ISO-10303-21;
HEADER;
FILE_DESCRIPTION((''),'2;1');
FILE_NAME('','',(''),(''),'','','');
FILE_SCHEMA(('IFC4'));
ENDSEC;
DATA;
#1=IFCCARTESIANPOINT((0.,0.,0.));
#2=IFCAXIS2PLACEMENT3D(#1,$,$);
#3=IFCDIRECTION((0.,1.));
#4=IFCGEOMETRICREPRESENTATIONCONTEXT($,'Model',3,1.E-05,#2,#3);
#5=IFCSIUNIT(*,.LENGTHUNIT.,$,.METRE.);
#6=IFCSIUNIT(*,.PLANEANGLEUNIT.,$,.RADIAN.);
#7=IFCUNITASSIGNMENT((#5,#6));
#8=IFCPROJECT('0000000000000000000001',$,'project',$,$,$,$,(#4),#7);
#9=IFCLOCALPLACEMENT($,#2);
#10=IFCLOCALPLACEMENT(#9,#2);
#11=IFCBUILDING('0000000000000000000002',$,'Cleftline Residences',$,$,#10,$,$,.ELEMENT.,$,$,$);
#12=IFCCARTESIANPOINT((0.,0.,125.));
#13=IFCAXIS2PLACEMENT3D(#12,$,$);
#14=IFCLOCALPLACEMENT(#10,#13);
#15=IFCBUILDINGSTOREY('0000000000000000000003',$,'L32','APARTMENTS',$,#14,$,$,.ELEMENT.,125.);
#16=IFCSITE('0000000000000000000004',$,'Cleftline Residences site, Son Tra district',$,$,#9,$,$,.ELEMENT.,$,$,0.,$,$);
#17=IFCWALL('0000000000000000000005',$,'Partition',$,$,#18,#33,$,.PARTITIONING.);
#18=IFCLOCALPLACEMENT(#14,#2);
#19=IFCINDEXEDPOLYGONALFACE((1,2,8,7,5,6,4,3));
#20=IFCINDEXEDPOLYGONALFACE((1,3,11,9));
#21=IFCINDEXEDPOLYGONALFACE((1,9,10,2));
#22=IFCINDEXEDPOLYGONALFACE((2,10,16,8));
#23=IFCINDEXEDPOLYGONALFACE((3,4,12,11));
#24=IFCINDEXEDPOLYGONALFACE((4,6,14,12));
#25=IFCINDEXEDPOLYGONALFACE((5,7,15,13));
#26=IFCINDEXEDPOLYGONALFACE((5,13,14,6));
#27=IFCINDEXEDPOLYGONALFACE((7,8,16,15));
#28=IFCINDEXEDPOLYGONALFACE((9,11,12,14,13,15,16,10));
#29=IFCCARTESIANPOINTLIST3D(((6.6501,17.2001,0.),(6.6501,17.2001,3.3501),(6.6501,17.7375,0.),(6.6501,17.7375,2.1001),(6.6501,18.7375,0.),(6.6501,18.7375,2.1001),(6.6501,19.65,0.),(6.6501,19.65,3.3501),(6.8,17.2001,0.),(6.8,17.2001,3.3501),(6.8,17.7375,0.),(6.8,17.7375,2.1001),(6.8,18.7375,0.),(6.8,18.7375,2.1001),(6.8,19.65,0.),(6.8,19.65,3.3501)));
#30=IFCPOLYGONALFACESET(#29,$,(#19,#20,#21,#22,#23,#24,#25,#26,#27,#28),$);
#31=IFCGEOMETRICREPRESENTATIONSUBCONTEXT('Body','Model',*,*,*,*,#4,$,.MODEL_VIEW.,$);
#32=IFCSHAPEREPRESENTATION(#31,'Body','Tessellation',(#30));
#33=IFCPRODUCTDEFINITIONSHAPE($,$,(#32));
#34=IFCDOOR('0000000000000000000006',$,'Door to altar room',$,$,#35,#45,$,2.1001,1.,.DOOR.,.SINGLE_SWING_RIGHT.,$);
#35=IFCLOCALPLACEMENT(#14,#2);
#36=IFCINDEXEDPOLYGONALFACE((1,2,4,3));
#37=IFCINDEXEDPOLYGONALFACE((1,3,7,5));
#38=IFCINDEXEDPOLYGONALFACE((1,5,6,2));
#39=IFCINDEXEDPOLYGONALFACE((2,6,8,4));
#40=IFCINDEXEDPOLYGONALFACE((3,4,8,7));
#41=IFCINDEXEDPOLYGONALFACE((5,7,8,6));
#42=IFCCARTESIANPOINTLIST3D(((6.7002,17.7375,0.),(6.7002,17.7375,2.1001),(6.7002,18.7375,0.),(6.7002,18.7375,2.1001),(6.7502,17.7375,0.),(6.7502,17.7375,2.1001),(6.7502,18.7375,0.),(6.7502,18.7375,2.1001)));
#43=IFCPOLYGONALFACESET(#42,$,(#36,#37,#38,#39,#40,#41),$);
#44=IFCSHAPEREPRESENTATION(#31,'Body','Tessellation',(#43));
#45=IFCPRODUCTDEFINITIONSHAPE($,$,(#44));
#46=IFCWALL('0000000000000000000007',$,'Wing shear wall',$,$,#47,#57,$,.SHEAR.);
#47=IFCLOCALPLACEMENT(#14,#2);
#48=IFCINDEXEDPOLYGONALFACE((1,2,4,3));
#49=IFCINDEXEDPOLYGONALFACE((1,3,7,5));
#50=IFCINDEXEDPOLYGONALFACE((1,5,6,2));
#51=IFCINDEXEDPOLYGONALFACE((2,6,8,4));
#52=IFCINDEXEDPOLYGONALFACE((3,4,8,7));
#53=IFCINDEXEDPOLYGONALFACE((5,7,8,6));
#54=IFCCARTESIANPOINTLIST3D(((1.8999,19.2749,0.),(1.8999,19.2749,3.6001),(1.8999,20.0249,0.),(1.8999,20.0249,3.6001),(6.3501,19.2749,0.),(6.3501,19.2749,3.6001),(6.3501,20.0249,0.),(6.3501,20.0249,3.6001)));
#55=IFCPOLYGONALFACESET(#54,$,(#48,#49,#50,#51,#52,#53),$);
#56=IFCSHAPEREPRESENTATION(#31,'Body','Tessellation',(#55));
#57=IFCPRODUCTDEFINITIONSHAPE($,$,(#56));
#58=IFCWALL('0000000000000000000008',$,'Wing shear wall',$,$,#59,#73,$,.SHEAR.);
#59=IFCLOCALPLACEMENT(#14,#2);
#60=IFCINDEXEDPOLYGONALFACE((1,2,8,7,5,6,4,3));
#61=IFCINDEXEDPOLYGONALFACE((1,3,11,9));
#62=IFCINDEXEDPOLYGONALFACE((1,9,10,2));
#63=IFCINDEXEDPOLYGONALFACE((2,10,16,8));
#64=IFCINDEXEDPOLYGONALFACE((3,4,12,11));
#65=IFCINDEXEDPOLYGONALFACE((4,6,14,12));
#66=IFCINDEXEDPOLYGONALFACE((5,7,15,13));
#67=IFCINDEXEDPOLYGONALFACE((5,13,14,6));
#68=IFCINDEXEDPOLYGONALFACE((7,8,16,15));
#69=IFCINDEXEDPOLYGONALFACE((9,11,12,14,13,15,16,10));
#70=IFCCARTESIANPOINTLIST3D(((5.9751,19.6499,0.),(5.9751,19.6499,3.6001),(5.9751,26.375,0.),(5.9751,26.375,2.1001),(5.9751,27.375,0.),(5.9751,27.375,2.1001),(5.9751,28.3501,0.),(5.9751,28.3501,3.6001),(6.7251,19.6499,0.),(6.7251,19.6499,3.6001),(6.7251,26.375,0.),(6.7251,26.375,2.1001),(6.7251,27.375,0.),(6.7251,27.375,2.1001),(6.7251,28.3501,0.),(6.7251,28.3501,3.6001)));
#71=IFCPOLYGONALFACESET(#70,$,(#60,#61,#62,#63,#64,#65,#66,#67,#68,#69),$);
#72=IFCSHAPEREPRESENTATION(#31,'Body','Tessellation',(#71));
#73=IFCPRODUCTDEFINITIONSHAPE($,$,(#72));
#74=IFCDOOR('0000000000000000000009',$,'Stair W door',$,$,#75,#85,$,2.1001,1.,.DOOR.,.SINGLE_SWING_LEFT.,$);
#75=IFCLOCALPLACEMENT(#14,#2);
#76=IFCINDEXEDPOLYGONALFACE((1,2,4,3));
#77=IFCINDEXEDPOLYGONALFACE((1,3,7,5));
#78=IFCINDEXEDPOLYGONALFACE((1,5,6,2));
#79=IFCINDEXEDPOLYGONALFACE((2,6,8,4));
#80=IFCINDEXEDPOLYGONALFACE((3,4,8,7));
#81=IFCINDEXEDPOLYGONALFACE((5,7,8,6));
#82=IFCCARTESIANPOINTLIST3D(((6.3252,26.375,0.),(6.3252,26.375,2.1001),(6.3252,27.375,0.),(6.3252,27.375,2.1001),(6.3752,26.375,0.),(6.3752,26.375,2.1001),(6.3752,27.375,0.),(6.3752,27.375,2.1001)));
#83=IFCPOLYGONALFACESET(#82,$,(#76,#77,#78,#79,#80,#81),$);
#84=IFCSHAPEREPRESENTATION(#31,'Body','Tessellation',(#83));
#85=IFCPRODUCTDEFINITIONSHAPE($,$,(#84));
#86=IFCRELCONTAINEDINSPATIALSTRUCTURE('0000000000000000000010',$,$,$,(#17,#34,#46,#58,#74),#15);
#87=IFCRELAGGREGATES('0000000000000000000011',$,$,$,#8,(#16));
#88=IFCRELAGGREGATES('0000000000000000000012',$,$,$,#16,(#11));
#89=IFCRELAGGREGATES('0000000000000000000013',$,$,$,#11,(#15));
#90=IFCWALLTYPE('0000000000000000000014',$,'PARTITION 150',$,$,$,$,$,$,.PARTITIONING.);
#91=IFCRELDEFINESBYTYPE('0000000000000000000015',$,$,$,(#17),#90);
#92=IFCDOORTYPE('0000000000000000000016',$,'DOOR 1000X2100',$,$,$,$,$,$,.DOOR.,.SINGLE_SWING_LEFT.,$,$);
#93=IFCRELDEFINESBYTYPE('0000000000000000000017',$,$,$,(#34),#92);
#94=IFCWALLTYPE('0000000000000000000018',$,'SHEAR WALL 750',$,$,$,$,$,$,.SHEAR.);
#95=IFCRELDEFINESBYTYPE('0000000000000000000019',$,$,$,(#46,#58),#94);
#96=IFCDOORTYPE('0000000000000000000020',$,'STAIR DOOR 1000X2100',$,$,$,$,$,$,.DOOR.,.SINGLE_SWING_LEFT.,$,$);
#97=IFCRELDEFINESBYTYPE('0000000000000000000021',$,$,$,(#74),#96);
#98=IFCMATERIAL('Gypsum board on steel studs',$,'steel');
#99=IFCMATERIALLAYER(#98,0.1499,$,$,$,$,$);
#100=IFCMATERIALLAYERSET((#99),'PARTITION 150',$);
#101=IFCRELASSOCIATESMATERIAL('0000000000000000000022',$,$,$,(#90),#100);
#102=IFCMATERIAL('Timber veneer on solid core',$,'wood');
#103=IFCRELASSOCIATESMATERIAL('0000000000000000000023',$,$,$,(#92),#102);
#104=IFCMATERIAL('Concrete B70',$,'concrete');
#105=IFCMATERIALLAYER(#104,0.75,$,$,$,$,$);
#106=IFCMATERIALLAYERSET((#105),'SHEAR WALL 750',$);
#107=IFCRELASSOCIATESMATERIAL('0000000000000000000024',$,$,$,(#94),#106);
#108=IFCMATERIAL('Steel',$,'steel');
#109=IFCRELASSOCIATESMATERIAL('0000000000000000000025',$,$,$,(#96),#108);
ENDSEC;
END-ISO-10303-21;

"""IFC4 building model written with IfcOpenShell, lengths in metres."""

from ifc_helpers import new_model, si_unit, direction, frame, frame_2d, origin, place, context, subcontext, project, spatial, rectangle, extrude, material, layer, layer_set, type_object, element, fill, save


model = new_model("IFC4")

# Units and contexts
model_context = context("Model", 3, precision=1e-05, world=origin(), true_north=direction((0.0, 1.0)))
body_context = subcontext(model_context, "Body", "Model", "MODEL_VIEW")
ifc_project = project(units=[si_unit("LENGTHUNIT", "METRE"), si_unit("PLANEANGLEUNIT", "RADIAN")], contexts=[model_context])

# Site, building, storey
site_placement = place(None, origin())
site = spatial("IfcSite", under=ifc_project, at=site_placement, Name="Cleftline Residences site, Son Tra district", CompositionType="ELEMENT", RefElevation=0.0)
building_placement = place(site_placement, origin())
building = spatial("IfcBuilding", under=site, at=building_placement, Name="Cleftline Residences", CompositionType="ELEMENT")
storey_placement = place(building_placement, frame((0.0, 0.0, 125.0)))
storey = spatial("IfcBuildingStorey", under=building, at=storey_placement, Name="L32", Description="APARTMENTS", CompositionType="ELEMENT", Elevation=125.0)

# Shared definitions
ifc_material_1 = material(Name="Gypsum board on steel studs", Category="steel")
ifc_layer_1 = layer(ifc_material_1, 0.1499)
ifc_layer_set_1 = layer_set([ifc_layer_1], Name="PARTITION 150")
wall_type_1 = type_object("IfcWallType", Name="PARTITION 150", PredefinedType="PARTITIONING", material=ifc_layer_set_1)

# Wall, opening, door
wall_1_placement = place(storey_placement, frame((6.7251, 17.2, 0.0), z_axis=(0.0, 0.0, 1.0), x_axis=(0.0, 1.0, 0.0)))
wall_1 = element("IfcWall", 1, at=wall_1_placement, inside=storey, type_object=wall_type_1, Name="Partition", PredefinedType="PARTITIONING", context=body_context, shape_type="SweptSolid", body=[
    extrude(rectangle(XDim=2.45, YDim=0.1499, at=frame_2d((1.2251, 0.0))), origin(), (0.0, 0.0, 1.0), 3.3501),
])
opening_1_placement = place(wall_1_placement, frame((0.5376, 0.0, 0.0)))
opening_1 = element("IfcOpeningElement", 2, at=opening_1_placement, cuts=wall_1, PredefinedType="OPENING", context=body_context, shape_type="SweptSolid", body=[
    extrude(rectangle(XDim=1.0, YDim=2.1001, at=frame_2d((0.5, 1.05))), frame((0.0, 0.085, 0.0), z_axis=(0.0, -1.0, 0.0), x_axis=(1.0, 0.0, 0.0)), (0.0, 0.0, 1.0), 0.1699),
])
ifc_material_2 = material(Name="Timber veneer on solid core", Category="wood")
door_type_1 = type_object("IfcDoorType", Name="DOOR 1000X2100", OperationType="SINGLE_SWING_LEFT", PredefinedType="DOOR", material=ifc_material_2)
door_1_placement = place(opening_1_placement, origin())
door_1 = element("IfcDoor", 3, at=door_1_placement, inside=storey, type_object=door_type_1, Name="Door to altar room", OperationType="SINGLE_SWING_RIGHT", OverallHeight=2.1001, OverallWidth=1.0, PredefinedType="DOOR", context=body_context, shape_type="SweptSolid", body=[
    extrude(rectangle(XDim=1.0, YDim=2.1001, at=frame_2d((0.5, 1.05))), frame((0.0, 0.0249, 0.0), z_axis=(0.0, -1.0, 0.0), x_axis=(1.0, 0.0, 0.0)), (0.0, 0.0, 1.0), 0.05),
])
fill(opening_1, door_1)

# Wall
ifc_material_3 = material(Name="Concrete B70", Category="concrete")
ifc_layer_2 = layer(ifc_material_3, 0.75)
ifc_layer_set_2 = layer_set([ifc_layer_2], Name="SHEAR WALL 750")
wall_type_2 = type_object("IfcWallType", Name="SHEAR WALL 750", PredefinedType="SHEAR", material=ifc_layer_set_2)
wall_2_placement = place(storey_placement, frame((1.8999, 19.6499, 0.0), z_axis=(0.0, 0.0, 1.0), x_axis=(1.0, 0.0, 0.0)))
element("IfcWall", 4, at=wall_2_placement, inside=storey, type_object=wall_type_2, Name="Wing shear wall", PredefinedType="SHEAR", context=body_context, shape_type="SweptSolid", body=[
    extrude(rectangle(XDim=4.4502, YDim=0.75, at=frame_2d((2.2251, 0.0))), origin(), (0.0, 0.0, 1.0), 3.6001),
])

# Wall, opening, door
wall_3_placement = place(storey_placement, frame((6.3501, 19.6499, 0.0), z_axis=(0.0, 0.0, 1.0), x_axis=(0.0, 1.0, 0.0)))
wall_3 = element("IfcWall", 5, at=wall_3_placement, inside=storey, type_object=wall_type_2, Name="Wing shear wall", PredefinedType="SHEAR", context=body_context, shape_type="SweptSolid", body=[
    extrude(rectangle(XDim=8.7002, YDim=0.75, at=frame_2d((4.3501, 0.0))), origin(), (0.0, 0.0, 1.0), 3.6001),
])
opening_2_placement = place(wall_3_placement, frame((6.7251, 0.0, 0.0)))
opening_2 = element("IfcOpeningElement", 6, at=opening_2_placement, cuts=wall_3, PredefinedType="OPENING", context=body_context, shape_type="SweptSolid", body=[
    extrude(rectangle(XDim=1.0, YDim=2.1001, at=frame_2d((0.5, 1.05))), frame((0.0, 0.385, 0.0), z_axis=(0.0, -1.0, 0.0), x_axis=(1.0, 0.0, 0.0)), (0.0, 0.0, 1.0), 0.77),
])
ifc_material_4 = material(Name="Steel", Category="steel")
door_type_2 = type_object("IfcDoorType", Name="STAIR DOOR 1000X2100", OperationType="SINGLE_SWING_LEFT", PredefinedType="DOOR", material=ifc_material_4)
door_2_placement = place(opening_2_placement, origin())
door_2 = element("IfcDoor", 7, at=door_2_placement, inside=storey, type_object=door_type_2, Name="Stair W door", OperationType="SINGLE_SWING_LEFT", OverallHeight=2.1001, OverallWidth=1.0, PredefinedType="DOOR", context=body_context, shape_type="SweptSolid", body=[
    extrude(rectangle(XDim=1.0, YDim=2.1001, at=frame_2d((0.5, 1.05))), frame((0.0, 0.0249, 0.0), z_axis=(0.0, -1.0, 0.0), x_axis=(1.0, 0.0, 0.0)), (0.0, 0.0, 1.0), 0.05),
])
fill(opening_2, door_2)

save(model, "model.ifc")
